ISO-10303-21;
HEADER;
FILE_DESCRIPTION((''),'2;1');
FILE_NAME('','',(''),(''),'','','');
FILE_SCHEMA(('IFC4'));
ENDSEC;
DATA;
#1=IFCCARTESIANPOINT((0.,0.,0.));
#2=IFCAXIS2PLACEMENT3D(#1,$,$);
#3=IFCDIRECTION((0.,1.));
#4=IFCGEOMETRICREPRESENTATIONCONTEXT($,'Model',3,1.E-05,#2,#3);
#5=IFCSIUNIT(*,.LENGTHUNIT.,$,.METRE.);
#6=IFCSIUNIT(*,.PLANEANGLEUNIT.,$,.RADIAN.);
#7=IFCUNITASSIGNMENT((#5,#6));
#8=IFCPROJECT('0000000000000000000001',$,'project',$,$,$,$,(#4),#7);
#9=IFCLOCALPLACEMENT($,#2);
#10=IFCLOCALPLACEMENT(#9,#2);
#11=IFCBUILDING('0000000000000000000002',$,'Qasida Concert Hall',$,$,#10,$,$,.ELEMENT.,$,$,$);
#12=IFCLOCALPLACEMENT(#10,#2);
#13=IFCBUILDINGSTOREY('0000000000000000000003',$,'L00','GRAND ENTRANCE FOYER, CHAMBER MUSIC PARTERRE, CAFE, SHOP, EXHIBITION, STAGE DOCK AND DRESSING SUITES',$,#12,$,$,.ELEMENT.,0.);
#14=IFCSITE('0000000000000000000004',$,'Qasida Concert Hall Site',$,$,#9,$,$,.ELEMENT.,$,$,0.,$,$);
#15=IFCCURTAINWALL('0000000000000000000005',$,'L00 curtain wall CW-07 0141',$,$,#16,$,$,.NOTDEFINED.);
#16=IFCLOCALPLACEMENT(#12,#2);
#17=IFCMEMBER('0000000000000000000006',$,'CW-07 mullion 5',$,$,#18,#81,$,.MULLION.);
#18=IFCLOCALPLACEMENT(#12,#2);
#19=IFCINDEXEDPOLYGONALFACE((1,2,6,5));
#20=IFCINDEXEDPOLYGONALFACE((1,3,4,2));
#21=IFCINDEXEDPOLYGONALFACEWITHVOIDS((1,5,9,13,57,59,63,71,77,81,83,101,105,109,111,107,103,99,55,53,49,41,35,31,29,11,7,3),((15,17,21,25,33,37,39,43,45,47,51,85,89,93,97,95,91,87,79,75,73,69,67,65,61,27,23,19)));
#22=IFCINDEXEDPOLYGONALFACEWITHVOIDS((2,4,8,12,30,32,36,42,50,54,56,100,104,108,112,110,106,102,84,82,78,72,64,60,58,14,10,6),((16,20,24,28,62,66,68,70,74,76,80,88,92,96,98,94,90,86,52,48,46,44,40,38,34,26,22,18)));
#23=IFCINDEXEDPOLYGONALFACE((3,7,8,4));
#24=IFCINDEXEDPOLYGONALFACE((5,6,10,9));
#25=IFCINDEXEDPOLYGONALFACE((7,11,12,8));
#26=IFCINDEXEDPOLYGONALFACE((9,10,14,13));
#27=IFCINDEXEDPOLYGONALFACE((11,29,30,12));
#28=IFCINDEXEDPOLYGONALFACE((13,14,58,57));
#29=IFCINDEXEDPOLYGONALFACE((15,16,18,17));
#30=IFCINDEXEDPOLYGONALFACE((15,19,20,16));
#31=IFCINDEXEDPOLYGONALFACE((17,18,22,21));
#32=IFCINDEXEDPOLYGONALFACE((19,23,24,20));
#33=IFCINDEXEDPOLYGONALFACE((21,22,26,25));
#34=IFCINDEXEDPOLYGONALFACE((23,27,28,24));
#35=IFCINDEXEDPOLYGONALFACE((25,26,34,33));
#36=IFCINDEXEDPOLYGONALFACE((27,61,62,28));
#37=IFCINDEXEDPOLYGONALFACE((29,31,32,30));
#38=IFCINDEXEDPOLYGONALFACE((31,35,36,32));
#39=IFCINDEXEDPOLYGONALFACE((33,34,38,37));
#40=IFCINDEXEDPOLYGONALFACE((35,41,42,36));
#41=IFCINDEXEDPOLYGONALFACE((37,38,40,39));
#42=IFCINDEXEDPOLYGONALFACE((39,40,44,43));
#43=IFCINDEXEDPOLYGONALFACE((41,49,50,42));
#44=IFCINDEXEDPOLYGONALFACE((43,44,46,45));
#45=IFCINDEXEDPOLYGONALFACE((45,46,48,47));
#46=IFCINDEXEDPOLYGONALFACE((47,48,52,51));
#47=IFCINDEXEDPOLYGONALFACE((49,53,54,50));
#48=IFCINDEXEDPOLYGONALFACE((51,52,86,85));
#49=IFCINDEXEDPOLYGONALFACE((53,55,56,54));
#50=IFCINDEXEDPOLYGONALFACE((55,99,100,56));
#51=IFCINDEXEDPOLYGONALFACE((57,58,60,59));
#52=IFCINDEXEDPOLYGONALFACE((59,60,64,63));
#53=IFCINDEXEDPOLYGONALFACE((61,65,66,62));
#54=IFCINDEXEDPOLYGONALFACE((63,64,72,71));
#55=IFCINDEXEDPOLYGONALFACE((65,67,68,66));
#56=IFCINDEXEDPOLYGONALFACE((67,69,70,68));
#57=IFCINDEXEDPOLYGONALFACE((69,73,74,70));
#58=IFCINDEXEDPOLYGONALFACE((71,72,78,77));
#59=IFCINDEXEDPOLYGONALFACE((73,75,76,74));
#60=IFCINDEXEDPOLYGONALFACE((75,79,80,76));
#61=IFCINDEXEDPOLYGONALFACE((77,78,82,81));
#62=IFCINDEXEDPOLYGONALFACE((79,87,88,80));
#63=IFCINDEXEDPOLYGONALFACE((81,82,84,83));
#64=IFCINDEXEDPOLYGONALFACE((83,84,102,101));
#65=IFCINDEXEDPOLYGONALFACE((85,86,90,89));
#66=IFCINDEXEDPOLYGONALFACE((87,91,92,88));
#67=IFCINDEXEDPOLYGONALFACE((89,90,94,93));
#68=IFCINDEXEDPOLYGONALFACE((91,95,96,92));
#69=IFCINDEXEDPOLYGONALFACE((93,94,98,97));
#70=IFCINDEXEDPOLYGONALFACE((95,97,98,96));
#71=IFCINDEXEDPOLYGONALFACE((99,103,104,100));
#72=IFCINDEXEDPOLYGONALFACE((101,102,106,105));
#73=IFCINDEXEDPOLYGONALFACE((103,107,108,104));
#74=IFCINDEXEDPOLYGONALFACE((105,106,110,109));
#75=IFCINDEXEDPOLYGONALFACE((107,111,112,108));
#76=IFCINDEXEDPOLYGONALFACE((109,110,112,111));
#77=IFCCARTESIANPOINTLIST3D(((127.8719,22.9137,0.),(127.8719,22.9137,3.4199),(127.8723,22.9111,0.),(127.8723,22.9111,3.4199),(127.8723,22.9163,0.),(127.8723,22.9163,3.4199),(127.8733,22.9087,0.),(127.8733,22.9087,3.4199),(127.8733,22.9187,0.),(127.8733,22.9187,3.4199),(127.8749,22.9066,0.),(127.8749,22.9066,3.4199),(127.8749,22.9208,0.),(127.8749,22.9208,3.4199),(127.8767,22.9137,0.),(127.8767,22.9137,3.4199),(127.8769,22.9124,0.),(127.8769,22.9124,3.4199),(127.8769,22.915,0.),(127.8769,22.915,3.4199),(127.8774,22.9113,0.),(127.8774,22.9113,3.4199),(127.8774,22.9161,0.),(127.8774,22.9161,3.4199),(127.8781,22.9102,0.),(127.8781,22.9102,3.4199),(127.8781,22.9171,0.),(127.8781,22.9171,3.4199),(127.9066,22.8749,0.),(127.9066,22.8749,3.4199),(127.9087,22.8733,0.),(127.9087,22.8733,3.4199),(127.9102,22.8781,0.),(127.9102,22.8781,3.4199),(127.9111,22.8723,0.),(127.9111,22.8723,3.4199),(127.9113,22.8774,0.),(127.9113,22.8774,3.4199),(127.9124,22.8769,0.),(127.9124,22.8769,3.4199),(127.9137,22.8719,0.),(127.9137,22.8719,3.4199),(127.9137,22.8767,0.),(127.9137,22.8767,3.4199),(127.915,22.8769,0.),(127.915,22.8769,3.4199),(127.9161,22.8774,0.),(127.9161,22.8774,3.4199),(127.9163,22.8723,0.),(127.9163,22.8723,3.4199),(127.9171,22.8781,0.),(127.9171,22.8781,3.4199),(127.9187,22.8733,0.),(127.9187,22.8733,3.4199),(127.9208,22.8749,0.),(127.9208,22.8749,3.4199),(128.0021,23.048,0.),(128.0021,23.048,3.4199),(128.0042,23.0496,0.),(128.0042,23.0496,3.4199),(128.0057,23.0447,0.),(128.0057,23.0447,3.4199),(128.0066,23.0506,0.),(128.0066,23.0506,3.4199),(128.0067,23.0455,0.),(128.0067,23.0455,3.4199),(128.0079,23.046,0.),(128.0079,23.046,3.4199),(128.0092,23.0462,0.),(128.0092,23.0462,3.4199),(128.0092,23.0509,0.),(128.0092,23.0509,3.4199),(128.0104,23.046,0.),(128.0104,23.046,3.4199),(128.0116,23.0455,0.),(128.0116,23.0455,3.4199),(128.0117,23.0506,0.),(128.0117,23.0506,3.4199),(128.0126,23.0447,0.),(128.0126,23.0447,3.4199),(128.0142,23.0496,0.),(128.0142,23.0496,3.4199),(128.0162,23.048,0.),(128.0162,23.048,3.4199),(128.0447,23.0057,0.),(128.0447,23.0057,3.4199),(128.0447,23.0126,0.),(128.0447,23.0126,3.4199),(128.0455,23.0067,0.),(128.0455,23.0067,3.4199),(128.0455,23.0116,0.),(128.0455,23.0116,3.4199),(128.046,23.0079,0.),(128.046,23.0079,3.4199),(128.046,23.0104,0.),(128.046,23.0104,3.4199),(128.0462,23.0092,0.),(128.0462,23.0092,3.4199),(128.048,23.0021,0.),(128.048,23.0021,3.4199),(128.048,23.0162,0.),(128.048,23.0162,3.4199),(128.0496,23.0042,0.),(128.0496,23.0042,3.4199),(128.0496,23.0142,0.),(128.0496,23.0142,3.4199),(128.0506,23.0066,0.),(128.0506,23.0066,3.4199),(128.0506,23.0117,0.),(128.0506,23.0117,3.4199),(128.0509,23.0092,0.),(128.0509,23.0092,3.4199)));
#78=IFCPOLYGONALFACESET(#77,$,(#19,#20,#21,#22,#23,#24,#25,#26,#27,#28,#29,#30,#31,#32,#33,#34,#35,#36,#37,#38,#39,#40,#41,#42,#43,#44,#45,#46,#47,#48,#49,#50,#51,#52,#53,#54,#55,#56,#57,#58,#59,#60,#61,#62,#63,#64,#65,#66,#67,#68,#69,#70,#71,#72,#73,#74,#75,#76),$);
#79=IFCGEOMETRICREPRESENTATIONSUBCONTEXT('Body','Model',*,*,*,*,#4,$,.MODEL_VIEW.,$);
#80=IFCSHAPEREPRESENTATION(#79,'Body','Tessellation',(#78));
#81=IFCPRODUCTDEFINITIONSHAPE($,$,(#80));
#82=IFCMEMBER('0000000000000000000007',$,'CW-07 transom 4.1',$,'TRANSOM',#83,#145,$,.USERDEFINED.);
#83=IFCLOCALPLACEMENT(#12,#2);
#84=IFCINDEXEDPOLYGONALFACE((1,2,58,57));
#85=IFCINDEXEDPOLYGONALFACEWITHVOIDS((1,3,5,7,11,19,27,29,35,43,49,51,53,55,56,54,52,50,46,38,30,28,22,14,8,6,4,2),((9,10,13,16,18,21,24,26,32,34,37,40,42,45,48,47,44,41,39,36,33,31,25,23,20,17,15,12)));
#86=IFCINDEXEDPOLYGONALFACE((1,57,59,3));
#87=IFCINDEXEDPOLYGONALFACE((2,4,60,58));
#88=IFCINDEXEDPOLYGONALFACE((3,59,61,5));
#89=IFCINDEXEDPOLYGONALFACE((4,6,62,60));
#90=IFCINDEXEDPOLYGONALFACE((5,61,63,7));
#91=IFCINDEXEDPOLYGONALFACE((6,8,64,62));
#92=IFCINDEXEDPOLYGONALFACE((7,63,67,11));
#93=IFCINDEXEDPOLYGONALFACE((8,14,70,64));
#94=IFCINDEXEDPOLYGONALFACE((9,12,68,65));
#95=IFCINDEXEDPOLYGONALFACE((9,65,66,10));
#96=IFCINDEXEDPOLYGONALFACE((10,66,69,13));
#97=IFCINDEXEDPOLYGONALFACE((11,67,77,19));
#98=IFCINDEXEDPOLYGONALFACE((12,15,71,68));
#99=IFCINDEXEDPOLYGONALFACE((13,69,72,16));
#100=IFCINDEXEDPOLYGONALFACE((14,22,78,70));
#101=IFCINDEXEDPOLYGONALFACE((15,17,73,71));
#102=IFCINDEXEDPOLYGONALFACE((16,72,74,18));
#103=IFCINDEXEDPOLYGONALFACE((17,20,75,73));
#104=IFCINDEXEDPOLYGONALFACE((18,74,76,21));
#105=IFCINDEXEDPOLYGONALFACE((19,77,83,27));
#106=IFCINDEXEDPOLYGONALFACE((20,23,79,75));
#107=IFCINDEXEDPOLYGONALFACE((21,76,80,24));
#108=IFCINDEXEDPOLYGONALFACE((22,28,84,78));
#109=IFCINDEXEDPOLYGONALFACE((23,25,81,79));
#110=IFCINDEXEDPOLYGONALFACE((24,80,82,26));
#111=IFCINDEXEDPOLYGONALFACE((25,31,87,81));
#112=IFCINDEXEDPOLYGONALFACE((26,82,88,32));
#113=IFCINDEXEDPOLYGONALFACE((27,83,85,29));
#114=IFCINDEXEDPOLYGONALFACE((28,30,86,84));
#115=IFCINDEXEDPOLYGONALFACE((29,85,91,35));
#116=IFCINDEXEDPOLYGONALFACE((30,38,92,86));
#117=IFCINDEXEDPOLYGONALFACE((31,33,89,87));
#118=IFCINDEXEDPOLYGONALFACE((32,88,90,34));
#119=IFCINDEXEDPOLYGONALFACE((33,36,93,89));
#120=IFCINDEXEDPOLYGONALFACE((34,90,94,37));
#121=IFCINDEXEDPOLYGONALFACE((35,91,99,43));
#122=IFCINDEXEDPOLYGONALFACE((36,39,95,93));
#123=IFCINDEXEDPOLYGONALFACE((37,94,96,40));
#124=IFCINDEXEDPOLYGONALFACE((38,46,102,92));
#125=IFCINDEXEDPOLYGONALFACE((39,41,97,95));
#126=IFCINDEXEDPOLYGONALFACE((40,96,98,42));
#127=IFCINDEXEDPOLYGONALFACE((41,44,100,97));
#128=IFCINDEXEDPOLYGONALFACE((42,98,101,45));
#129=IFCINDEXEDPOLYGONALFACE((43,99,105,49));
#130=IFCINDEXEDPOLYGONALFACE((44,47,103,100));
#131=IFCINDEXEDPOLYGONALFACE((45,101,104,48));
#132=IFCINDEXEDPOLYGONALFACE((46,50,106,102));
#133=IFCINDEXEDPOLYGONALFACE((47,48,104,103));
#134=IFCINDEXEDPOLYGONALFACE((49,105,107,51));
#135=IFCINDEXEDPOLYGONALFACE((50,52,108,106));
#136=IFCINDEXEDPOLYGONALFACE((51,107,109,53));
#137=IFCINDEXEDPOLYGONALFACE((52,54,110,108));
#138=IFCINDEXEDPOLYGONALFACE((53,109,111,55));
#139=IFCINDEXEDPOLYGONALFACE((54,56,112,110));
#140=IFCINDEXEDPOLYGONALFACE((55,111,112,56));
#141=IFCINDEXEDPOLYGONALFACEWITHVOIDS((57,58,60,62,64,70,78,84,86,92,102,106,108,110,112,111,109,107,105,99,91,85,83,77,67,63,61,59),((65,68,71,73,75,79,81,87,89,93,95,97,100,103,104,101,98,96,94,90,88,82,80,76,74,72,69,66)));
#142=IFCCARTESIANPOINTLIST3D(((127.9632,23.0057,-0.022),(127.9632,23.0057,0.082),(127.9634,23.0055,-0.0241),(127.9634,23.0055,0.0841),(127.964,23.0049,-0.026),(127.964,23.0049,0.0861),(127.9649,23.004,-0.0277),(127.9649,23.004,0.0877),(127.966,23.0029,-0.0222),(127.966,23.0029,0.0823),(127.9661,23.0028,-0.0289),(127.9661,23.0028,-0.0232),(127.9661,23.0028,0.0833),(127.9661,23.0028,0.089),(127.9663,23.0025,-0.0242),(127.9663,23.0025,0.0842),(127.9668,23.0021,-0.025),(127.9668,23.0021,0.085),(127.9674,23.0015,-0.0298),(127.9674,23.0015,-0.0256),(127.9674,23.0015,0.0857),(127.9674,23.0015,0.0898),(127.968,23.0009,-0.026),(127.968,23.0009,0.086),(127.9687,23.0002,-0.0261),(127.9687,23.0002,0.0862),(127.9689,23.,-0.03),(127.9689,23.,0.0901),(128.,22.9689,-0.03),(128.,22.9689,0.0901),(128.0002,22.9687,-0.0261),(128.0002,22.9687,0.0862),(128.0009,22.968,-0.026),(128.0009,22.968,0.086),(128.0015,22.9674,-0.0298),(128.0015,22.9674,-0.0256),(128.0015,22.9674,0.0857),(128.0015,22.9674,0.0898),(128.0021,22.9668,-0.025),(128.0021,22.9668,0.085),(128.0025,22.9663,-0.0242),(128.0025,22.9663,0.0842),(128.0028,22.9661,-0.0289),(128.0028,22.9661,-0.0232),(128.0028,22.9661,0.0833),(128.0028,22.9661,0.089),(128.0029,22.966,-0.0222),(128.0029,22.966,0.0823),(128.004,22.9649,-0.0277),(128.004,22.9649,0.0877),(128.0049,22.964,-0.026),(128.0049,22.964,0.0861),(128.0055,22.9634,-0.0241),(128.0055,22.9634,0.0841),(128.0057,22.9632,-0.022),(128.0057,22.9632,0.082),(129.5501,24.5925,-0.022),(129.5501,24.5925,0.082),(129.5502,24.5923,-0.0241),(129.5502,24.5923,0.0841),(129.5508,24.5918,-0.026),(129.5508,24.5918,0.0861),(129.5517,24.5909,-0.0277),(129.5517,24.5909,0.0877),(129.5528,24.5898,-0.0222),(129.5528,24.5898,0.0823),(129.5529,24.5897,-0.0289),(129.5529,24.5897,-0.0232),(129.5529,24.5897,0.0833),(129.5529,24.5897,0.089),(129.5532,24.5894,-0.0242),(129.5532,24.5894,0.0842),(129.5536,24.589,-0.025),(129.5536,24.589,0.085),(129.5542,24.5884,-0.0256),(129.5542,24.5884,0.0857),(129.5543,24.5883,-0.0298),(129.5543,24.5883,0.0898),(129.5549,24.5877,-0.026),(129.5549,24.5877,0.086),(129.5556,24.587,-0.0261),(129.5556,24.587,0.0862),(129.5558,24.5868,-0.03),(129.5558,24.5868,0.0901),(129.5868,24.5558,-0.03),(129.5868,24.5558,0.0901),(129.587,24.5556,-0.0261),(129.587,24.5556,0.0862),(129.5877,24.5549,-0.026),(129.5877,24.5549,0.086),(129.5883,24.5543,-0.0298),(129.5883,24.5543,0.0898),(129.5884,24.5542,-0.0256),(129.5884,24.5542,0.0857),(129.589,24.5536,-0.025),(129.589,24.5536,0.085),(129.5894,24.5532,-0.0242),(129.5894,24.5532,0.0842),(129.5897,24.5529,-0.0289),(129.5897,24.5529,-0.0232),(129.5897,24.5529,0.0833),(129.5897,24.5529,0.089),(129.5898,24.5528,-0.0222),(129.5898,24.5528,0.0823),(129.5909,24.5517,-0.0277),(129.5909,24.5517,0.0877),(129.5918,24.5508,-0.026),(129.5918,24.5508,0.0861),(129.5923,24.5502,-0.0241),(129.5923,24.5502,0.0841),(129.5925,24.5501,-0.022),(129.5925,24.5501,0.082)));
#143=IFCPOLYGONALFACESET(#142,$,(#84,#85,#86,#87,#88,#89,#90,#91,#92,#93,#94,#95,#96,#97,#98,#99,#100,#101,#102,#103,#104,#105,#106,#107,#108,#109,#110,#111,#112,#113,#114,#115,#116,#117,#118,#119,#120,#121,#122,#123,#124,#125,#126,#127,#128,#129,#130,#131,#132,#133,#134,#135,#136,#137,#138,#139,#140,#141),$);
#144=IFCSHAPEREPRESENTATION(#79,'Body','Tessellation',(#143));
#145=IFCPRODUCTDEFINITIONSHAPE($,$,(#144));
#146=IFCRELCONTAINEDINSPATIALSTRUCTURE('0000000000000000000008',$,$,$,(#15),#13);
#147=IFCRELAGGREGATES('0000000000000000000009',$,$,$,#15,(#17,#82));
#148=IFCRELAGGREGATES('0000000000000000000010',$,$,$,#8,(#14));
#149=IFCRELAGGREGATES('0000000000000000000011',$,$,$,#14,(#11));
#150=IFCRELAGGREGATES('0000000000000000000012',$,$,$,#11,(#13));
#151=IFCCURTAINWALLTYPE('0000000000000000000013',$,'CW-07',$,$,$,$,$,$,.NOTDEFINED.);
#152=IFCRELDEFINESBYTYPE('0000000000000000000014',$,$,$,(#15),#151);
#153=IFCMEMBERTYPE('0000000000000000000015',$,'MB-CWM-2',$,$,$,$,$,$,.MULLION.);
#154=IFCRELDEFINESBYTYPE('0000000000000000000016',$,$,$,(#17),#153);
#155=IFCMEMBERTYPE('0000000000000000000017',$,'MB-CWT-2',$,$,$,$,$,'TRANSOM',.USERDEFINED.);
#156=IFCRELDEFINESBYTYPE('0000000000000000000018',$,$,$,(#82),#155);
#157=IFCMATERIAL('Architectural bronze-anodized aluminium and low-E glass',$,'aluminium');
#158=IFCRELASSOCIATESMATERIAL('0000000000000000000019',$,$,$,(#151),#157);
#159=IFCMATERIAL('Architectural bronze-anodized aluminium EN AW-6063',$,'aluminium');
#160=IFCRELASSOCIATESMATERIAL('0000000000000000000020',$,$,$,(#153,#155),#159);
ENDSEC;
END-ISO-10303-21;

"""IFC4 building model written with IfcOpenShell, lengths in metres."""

from ifc_helpers import new_model, si_unit, direction, frame, origin, origin_2d, place, context, subcontext, project, spatial, hollow_rectangle, extrude, material, material_profile, profile_set, type_object, element, aggregate, save


model = new_model("IFC4")

# Units and contexts
model_context = context("Model", 3, precision=1e-05, world=origin(), true_north=direction((0.0, 1.0)))
body_context = subcontext(model_context, "Body", "Model", "MODEL_VIEW")
ifc_project = project(units=[si_unit("LENGTHUNIT", "METRE"), si_unit("PLANEANGLEUNIT", "RADIAN")], contexts=[model_context])

# Site, building, storey
site_placement = place(None, origin())
site = spatial("IfcSite", under=ifc_project, at=site_placement, Name="Qasida Concert Hall Site", CompositionType="ELEMENT", RefElevation=0.0)
building_placement = place(site_placement, origin())
building = spatial("IfcBuilding", under=site, at=building_placement, Name="Qasida Concert Hall", CompositionType="ELEMENT")
storey_placement = place(building_placement, origin())
storey = spatial("IfcBuildingStorey", under=building, at=storey_placement, Name="L00", Description="GRAND ENTRANCE FOYER, CHAMBER MUSIC PARTERRE, CAFE, SHOP, EXHIBITION, STAGE DOCK AND DRESSING SUITES", CompositionType="ELEMENT", Elevation=0.0)

# Curtain wall, members
ifc_material_1 = material(Name="Architectural bronze-anodized aluminium and low-E glass", Category="aluminium")
curtain_wall_type = type_object("IfcCurtainWallType", Name="CW-07", PredefinedType="NOTDEFINED", material=ifc_material_1)
curtain_wall_placement = place(storey_placement, origin())
curtain_wall = element("IfcCurtainWall", 1, at=curtain_wall_placement, inside=storey, type_object=curtain_wall_type, Name="L00 curtain wall CW-07 0141", PredefinedType="NOTDEFINED")
ifc_material_2 = material(Name="Architectural bronze-anodized aluminium EN AW-6063", Category="aluminium")
ifc_material_profile_1 = material_profile(ifc_material_2, hollow_rectangle(XDim=0.0649, YDim=0.2, WallThickness=0.0049, InnerFilletRadius=0.0049, OuterFilletRadius=0.01, at=origin_2d()), Name="CWM 200x65x5")
ifc_profile_set_1 = profile_set([ifc_material_profile_1], Name="Architectural bronze-anodized aluminium EN AW-6063")
member_type_1 = type_object("IfcMemberType", Name="MB-CWM-2", PredefinedType="MULLION", material=ifc_profile_set_1)
member_1_placement = place(storey_placement, frame((127.9614, 22.9614, 0.0), z_axis=(0.0, 0.0, 1.0), x_axis=(0.707107, -0.707107, 0.0)))
member_1 = element("IfcMember", 2, at=member_1_placement, type_object=member_type_1, Name="CW-07 mullion 5", PredefinedType="MULLION", context=body_context, shape_type="SweptSolid", body=[
    extrude(hollow_rectangle(XDim=0.0649, YDim=0.2, WallThickness=0.0049, InnerFilletRadius=0.0049, OuterFilletRadius=0.01, at=origin_2d()), origin(), (0.0, 0.0, 1.0), 3.4199),
])
ifc_material_profile_2 = material_profile(ifc_material_2, hollow_rectangle(XDim=0.0601, YDim=0.1201, WallThickness=0.0039, InnerFilletRadius=0.0039, OuterFilletRadius=0.0081, at=origin_2d()), Name="CWT 120x60x4")
ifc_profile_set_2 = profile_set([ifc_material_profile_2], Name="Architectural bronze-anodized aluminium EN AW-6063")
member_type_2 = type_object("IfcMemberType", Name="MB-CWT-2", ElementType="TRANSOM", PredefinedType="USERDEFINED", material=ifc_profile_set_2)
member_2_placement = place(storey_placement, frame((129.5713, 24.5713, 0.03), z_axis=(-0.707107, -0.707107, 0.0), x_axis=(0.707107, -0.707107, 0.0)))
member_2 = element("IfcMember", 3, at=member_2_placement, type_object=member_type_2, Name="CW-07 transom 4.1", ObjectType="TRANSOM", PredefinedType="USERDEFINED", context=body_context, shape_type="SweptSolid", body=[
    extrude(hollow_rectangle(XDim=0.0601, YDim=0.1201, WallThickness=0.0039, InnerFilletRadius=0.0039, OuterFilletRadius=0.0081, at=origin_2d()), origin(), (0.0, 0.0, 1.0), 2.2441),
])
aggregate(curtain_wall, [member_1, member_2])

save(model, "model.ifc")
